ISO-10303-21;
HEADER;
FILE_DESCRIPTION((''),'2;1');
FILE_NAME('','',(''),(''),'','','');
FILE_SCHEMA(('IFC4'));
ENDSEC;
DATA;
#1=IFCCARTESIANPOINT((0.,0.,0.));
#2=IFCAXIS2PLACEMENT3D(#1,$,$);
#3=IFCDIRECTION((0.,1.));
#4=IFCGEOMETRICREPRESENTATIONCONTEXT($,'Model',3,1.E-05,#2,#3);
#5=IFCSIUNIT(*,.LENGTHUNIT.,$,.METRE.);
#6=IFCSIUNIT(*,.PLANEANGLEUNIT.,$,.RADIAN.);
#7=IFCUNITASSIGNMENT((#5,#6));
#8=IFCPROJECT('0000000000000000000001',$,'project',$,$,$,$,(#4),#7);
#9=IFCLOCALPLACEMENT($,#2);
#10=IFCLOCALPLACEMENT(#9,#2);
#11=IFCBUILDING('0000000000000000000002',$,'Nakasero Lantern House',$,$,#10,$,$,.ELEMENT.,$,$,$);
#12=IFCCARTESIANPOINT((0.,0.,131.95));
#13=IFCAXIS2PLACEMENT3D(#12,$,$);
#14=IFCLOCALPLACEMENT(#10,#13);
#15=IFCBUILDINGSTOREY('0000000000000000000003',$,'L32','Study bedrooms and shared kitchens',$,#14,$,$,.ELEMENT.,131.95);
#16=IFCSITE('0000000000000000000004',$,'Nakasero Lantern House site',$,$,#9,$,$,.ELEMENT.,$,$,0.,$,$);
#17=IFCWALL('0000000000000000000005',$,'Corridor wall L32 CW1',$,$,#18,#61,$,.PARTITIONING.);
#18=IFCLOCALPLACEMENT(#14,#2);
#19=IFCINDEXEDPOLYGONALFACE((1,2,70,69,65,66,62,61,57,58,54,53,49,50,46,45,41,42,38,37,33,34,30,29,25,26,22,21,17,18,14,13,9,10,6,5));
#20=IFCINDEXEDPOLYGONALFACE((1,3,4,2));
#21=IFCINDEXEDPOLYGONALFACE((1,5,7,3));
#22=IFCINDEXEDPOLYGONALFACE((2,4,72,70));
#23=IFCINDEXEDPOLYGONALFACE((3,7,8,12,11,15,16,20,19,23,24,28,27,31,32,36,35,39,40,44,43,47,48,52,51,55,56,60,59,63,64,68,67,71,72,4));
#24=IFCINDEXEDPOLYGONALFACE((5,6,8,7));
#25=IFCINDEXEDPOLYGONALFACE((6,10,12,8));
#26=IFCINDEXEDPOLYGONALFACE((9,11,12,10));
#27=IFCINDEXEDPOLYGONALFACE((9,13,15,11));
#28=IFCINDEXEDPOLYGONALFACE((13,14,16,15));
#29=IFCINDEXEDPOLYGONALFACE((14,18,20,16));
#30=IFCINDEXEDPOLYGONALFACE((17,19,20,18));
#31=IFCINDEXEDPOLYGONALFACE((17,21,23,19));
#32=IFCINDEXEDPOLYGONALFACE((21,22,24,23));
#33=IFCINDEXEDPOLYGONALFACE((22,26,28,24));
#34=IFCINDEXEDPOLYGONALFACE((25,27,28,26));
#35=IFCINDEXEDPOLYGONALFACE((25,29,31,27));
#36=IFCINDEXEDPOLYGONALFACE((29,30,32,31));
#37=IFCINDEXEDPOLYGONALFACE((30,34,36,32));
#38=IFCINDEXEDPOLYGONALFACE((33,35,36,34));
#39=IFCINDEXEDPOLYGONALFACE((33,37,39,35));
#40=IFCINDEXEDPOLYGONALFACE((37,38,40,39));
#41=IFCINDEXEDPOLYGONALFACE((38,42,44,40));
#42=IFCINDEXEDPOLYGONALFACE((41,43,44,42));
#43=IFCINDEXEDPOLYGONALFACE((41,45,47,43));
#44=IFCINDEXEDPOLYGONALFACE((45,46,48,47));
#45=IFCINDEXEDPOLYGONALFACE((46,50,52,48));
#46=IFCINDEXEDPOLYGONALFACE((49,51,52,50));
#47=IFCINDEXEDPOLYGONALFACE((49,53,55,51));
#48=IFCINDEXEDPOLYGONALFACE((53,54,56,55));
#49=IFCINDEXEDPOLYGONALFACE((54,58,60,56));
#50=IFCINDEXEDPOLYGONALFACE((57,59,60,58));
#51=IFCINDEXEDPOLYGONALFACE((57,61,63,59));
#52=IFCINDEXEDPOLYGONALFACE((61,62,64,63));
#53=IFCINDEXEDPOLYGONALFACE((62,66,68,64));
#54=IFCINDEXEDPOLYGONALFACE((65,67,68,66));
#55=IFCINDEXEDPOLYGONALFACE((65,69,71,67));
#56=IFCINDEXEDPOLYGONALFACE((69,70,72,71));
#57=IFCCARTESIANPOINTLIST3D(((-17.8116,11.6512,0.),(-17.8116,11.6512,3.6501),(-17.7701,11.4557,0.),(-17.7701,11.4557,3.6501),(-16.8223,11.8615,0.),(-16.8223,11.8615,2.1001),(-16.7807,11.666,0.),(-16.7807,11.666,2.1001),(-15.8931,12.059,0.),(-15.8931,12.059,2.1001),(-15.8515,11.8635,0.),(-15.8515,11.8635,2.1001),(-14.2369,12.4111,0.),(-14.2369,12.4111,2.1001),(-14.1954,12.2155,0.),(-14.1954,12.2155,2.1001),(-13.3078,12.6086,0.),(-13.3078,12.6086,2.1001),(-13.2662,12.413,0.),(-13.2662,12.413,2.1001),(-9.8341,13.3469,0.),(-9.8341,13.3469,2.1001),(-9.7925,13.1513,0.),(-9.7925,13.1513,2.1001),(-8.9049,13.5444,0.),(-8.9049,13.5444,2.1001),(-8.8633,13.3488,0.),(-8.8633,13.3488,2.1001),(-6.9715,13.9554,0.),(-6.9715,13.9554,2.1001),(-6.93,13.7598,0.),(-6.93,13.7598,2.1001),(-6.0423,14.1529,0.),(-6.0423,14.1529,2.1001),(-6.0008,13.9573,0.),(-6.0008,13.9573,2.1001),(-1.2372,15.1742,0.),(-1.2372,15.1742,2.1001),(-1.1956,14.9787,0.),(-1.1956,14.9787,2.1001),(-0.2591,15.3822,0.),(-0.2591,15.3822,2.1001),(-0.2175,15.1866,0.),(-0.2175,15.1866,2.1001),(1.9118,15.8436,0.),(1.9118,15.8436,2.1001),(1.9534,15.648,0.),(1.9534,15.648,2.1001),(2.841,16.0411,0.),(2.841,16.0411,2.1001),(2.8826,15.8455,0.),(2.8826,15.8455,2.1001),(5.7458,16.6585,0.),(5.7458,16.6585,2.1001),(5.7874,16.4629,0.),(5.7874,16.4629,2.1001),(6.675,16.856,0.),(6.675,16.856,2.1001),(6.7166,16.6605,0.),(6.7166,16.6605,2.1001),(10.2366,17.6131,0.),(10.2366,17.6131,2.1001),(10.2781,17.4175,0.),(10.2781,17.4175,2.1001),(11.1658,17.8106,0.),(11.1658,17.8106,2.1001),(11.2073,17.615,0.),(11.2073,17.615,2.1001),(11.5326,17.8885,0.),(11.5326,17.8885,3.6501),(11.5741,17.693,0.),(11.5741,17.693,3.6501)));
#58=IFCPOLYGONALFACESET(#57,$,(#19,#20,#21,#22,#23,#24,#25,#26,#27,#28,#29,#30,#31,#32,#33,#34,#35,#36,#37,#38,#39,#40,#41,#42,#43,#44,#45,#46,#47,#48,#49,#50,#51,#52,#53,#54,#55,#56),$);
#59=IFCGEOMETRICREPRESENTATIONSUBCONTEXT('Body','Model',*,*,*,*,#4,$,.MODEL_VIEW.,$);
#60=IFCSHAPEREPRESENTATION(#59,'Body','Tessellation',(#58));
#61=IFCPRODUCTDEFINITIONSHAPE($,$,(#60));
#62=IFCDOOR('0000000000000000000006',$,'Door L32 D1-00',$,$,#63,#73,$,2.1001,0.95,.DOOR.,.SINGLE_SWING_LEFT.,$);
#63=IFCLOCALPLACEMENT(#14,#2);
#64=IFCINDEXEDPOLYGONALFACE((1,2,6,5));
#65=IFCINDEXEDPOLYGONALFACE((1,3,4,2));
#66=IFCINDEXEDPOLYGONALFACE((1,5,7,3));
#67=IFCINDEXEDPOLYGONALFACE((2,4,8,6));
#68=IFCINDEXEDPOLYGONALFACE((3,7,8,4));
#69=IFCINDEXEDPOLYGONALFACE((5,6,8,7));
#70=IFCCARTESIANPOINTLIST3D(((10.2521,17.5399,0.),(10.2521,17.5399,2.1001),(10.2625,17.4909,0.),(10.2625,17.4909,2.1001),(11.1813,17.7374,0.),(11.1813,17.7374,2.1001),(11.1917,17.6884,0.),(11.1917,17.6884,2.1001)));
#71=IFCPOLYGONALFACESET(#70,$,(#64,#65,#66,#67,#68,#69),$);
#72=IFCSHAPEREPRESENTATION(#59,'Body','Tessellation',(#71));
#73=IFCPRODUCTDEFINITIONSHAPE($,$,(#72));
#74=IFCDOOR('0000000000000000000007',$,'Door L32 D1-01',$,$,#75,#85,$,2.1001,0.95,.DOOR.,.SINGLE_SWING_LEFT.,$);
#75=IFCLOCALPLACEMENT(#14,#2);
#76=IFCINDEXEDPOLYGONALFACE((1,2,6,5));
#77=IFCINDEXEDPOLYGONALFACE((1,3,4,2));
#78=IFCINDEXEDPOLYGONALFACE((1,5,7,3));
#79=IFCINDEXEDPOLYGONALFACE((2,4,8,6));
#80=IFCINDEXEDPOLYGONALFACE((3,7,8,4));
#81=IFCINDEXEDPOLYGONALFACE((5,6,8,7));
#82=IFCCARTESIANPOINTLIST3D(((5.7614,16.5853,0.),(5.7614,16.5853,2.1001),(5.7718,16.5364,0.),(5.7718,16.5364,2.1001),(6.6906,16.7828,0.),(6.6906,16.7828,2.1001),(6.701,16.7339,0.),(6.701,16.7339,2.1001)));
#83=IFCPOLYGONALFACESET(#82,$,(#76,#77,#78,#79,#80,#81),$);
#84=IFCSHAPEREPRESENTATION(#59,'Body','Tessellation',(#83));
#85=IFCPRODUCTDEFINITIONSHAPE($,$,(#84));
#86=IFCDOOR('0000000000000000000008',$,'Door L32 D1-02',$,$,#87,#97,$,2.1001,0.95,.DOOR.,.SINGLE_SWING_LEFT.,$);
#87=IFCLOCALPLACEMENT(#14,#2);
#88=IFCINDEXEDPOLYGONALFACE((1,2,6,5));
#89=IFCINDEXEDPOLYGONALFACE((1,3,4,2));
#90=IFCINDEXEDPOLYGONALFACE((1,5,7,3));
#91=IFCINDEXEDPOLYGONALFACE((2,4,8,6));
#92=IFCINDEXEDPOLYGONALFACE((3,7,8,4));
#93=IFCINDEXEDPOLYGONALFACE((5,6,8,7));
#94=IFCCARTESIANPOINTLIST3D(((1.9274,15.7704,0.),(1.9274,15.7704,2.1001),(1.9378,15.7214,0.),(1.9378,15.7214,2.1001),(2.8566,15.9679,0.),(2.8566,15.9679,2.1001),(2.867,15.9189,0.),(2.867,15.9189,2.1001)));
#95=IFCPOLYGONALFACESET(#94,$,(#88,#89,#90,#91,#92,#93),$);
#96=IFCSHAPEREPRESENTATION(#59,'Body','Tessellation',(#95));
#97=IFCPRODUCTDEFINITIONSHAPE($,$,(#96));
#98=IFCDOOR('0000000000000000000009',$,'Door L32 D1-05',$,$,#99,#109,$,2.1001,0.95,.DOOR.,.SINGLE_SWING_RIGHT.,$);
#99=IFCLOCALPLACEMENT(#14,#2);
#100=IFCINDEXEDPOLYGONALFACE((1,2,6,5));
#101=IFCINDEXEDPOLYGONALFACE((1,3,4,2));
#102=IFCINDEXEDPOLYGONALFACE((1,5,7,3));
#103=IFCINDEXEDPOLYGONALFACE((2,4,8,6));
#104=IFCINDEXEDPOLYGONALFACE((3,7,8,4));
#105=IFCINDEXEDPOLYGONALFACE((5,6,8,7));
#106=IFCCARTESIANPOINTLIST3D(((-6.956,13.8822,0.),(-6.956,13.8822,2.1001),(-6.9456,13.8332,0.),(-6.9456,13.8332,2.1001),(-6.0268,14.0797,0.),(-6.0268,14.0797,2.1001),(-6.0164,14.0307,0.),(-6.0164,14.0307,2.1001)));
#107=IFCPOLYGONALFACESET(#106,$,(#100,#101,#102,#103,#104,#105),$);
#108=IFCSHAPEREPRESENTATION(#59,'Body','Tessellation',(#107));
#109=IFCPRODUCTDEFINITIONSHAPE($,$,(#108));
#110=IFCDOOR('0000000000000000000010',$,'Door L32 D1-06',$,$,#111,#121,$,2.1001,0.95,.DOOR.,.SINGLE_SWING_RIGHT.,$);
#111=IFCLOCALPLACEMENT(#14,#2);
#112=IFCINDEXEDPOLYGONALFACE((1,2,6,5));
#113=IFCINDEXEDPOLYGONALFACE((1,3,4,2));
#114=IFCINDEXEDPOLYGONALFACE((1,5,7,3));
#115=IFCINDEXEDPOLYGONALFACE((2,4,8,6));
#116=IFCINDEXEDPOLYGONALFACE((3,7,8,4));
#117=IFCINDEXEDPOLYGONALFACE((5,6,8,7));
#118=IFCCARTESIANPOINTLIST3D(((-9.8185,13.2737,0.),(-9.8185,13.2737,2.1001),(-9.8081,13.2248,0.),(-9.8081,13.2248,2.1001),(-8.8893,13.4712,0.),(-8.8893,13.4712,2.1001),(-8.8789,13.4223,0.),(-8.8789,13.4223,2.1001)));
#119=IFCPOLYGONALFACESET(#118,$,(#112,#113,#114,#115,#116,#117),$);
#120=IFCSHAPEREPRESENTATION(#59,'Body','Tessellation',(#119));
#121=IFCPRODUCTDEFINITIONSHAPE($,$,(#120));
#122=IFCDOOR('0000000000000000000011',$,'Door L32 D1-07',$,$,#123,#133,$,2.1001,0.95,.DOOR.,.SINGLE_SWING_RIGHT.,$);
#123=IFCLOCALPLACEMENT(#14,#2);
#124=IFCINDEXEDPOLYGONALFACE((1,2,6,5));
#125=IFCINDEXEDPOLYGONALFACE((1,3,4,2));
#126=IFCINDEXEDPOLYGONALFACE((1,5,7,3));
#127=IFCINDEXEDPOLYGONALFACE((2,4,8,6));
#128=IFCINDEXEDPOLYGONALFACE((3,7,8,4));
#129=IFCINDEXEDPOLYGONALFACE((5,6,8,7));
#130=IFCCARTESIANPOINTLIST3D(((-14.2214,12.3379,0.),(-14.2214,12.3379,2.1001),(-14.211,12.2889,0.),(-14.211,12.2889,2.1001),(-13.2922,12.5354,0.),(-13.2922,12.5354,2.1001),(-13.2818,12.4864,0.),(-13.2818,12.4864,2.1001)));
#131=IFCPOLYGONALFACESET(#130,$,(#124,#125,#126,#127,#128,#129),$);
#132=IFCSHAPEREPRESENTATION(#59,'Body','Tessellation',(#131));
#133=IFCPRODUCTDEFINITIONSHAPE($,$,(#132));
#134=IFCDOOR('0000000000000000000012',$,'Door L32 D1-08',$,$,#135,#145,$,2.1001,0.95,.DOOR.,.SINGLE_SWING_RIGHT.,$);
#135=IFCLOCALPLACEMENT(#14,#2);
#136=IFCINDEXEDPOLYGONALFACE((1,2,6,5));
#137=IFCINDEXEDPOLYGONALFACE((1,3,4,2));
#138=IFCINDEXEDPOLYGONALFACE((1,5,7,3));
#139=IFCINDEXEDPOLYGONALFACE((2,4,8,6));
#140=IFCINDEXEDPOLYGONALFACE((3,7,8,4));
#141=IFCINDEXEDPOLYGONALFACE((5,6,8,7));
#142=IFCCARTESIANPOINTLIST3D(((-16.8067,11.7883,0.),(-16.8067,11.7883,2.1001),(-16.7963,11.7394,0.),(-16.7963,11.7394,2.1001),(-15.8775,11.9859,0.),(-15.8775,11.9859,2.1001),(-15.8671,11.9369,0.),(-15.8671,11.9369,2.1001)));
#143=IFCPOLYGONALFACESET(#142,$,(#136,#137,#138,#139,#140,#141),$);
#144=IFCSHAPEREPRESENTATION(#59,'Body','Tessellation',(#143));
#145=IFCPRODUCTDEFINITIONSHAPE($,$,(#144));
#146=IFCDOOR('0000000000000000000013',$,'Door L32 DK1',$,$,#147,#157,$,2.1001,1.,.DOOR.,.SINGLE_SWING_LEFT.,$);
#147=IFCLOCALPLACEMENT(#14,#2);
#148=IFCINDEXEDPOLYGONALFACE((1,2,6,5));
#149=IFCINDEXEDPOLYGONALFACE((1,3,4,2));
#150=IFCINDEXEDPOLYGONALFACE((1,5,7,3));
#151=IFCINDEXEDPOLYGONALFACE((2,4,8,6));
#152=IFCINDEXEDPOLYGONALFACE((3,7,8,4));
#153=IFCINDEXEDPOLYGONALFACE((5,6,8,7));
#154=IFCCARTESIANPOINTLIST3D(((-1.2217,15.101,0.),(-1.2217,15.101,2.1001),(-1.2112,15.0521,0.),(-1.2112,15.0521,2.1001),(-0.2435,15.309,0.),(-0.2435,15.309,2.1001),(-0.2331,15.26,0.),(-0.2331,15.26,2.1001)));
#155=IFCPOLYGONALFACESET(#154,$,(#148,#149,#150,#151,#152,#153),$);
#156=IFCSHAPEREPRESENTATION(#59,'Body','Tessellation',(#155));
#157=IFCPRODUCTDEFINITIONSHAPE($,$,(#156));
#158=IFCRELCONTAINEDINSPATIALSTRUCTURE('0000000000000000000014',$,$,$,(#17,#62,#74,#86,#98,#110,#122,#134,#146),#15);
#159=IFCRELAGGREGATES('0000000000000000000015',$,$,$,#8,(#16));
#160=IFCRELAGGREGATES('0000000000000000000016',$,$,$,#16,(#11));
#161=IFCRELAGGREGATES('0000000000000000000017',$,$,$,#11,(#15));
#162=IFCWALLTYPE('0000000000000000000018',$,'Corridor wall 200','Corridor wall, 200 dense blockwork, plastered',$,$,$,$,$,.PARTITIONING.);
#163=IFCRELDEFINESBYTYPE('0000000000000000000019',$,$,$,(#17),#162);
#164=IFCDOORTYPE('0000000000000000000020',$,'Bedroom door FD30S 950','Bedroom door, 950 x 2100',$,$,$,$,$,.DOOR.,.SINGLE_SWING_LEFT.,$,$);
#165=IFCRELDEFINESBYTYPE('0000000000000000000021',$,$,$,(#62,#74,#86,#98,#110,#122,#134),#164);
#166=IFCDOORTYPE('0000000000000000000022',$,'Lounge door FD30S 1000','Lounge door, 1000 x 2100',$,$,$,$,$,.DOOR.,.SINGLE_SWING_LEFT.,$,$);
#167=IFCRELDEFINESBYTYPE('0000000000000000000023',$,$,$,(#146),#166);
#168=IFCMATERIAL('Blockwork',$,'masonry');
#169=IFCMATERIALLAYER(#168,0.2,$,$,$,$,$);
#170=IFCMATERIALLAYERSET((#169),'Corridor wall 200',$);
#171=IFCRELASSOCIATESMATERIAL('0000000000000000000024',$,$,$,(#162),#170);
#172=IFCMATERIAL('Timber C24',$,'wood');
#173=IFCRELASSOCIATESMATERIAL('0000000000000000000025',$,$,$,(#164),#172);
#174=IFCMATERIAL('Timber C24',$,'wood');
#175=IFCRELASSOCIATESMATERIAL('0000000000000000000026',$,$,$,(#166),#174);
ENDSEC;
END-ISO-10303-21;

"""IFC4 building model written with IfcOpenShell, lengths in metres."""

from ifc_helpers import new_model, si_unit, direction, frame, frame_2d, origin, place, context, subcontext, project, spatial, rectangle, extrude, material, layer, layer_set, type_object, element, fill, save


model = new_model("IFC4")

# Units and contexts
model_context = context("Model", 3, precision=1e-05, world=origin(), true_north=direction((0.0, 1.0)))
body_context = subcontext(model_context, "Body", "Model", "MODEL_VIEW")
ifc_project = project(units=[si_unit("LENGTHUNIT", "METRE"), si_unit("PLANEANGLEUNIT", "RADIAN")], contexts=[model_context])

# Site, building, storey
site_placement = place(None, origin())
site = spatial("IfcSite", under=ifc_project, at=site_placement, Name="Nakasero Lantern House site", CompositionType="ELEMENT", RefElevation=0.0)
building_placement = place(site_placement, origin())
building = spatial("IfcBuilding", under=site, at=building_placement, Name="Nakasero Lantern House", CompositionType="ELEMENT")
storey_placement = place(building_placement, frame((0.0, 0.0, 131.95)))
storey = spatial("IfcBuildingStorey", under=building, at=storey_placement, Name="L32", Description="Study bedrooms and shared kitchens", CompositionType="ELEMENT", Elevation=131.95)

# Wall, openings, doors
ifc_material_1 = material(Name="Blockwork", Category="masonry")
ifc_layer_1 = layer(ifc_material_1, 0.2)
ifc_layer_set_1 = layer_set([ifc_layer_1], Name="Corridor wall 200")
wall_type_1 = type_object("IfcWallType", Name="Corridor wall 200", Description="Corridor wall, 200 dense blockwork, plastered", PredefinedType="PARTITIONING", material=ifc_layer_set_1)
wall_1_placement = place(storey_placement, frame((11.5535, 17.7908, 0.0), z_axis=(0.0, 0.0, 1.0), x_axis=(-0.978148, -0.207912, 0.0)))
wall_1 = element("IfcWall", 1, at=wall_1_placement, inside=storey, type_object=wall_type_1, Name="Corridor wall L32 CW1", PredefinedType="PARTITIONING", context=body_context, shape_type="SweptSolid", body=[
    extrude(rectangle(XDim=29.9998, YDim=0.2, at=frame_2d((15.0, 0.0))), origin(), (0.0, 0.0, 1.0), 3.6501),
])
opening_1_placement = place(wall_1_placement, frame((0.375, 0.0, 0.0)))
opening_1 = element("IfcOpeningElement", 2, at=opening_1_placement, cuts=wall_1, PredefinedType="OPENING", context=body_context, shape_type="SweptSolid", body=[
    extrude(rectangle(XDim=0.95, YDim=2.1001, at=frame_2d((0.4751, 1.05))), frame((0.0, 0.1199, 0.0), z_axis=(0.0, -1.0, 0.0), x_axis=(1.0, 0.0, 0.0)), (0.0, 0.0, 1.0), 0.24),
])
opening_2_placement = place(wall_1_placement, frame((4.9661, 0.0, 0.0)))
opening_2 = element("IfcOpeningElement", 3, at=opening_2_placement, cuts=wall_1, PredefinedType="OPENING", context=body_context, shape_type="SweptSolid", body=[
    extrude(rectangle(XDim=0.95, YDim=2.1001, at=frame_2d((0.4751, 1.05))), frame((0.0, 0.1199, 0.0), z_axis=(0.0, -1.0, 0.0), x_axis=(1.0, 0.0, 0.0)), (0.0, 0.0, 1.0), 0.24),
])
opening_3_placement = place(wall_1_placement, frame((8.8857, 0.0, 0.0)))
opening_3 = element("IfcOpeningElement", 4, at=opening_3_placement, cuts=wall_1, PredefinedType="OPENING", context=body_context, shape_type="SweptSolid", body=[
    extrude(rectangle(XDim=0.95, YDim=2.1001, at=frame_2d((0.4751, 1.05))), frame((0.0, 0.1199, 0.0), z_axis=(0.0, -1.0, 0.0), x_axis=(1.0, 0.0, 0.0)), (0.0, 0.0, 1.0), 0.24),
])
opening_4_placement = place(wall_1_placement, frame((17.9675, 0.0, 0.0)))
opening_4 = element("IfcOpeningElement", 5, at=opening_4_placement, cuts=wall_1, PredefinedType="OPENING", context=body_context, shape_type="SweptSolid", body=[
    extrude(rectangle(XDim=0.95, YDim=2.1001, at=frame_2d((0.4751, 1.05))), frame((0.0, 0.1199, 0.0), z_axis=(0.0, -1.0, 0.0), x_axis=(1.0, 0.0, 0.0)), (0.0, 0.0, 1.0), 0.24),
])
opening_5_placement = place(wall_1_placement, frame((20.894, 0.0, 0.0)))
opening_5 = element("IfcOpeningElement", 6, at=opening_5_placement, cuts=wall_1, PredefinedType="OPENING", context=body_context, shape_type="SweptSolid", body=[
    extrude(rectangle(XDim=0.95, YDim=2.1001, at=frame_2d((0.4751, 1.05))), frame((0.0, 0.1199, 0.0), z_axis=(0.0, -1.0, 0.0), x_axis=(1.0, 0.0, 0.0)), (0.0, 0.0, 1.0), 0.24),
])
opening_6_placement = place(wall_1_placement, frame((25.3953, 0.0, 0.0)))
opening_6 = element("IfcOpeningElement", 7, at=opening_6_placement, cuts=wall_1, PredefinedType="OPENING", context=body_context, shape_type="SweptSolid", body=[
    extrude(rectangle(XDim=0.95, YDim=2.1001, at=frame_2d((0.4751, 1.05))), frame((0.0, 0.1199, 0.0), z_axis=(0.0, -1.0, 0.0), x_axis=(1.0, 0.0, 0.0)), (0.0, 0.0, 1.0), 0.24),
])
opening_7_placement = place(wall_1_placement, frame((28.0383, 0.0, 0.0)))
opening_7 = element("IfcOpeningElement", 8, at=opening_7_placement, cuts=wall_1, PredefinedType="OPENING", context=body_context, shape_type="SweptSolid", body=[
    extrude(rectangle(XDim=0.95, YDim=2.1001, at=frame_2d((0.4751, 1.05))), frame((0.0, 0.1199, 0.0), z_axis=(0.0, -1.0, 0.0), x_axis=(1.0, 0.0, 0.0)), (0.0, 0.0, 1.0), 0.24),
])
opening_8_placement = place(wall_1_placement, frame((12.0552, 0.0, 0.0)))
opening_8 = element("IfcOpeningElement", 9, at=opening_8_placement, cuts=wall_1, PredefinedType="OPENING", context=body_context, shape_type="SweptSolid", body=[
    extrude(rectangle(XDim=1.0, YDim=2.1001, at=frame_2d((0.5, 1.05))), frame((0.0, 0.1199, 0.0), z_axis=(0.0, -1.0, 0.0), x_axis=(1.0, 0.0, 0.0)), (0.0, 0.0, 1.0), 0.24),
])
ifc_material_2 = material(Name="Timber C24", Category="wood")
door_type_1 = type_object("IfcDoorType", Name="Bedroom door FD30S 950", Description="Bedroom door, 950 x 2100", OperationType="SINGLE_SWING_LEFT", PredefinedType="DOOR", material=ifc_material_2)
door_1_placement = place(opening_1_placement, origin())
door_1 = element("IfcDoor", 10, at=door_1_placement, inside=storey, type_object=door_type_1, Name="Door L32 D1-00", OperationType="SINGLE_SWING_LEFT", OverallHeight=2.1001, OverallWidth=0.95, PredefinedType="DOOR", context=body_context, shape_type="SweptSolid", body=[
    extrude(rectangle(XDim=0.95, YDim=2.1001, at=frame_2d((0.4751, 1.05))), frame((0.0, 0.0249, 0.0), z_axis=(0.0, -1.0, 0.0), x_axis=(1.0, 0.0, 0.0)), (0.0, 0.0, 1.0), 0.05),
])
fill(opening_1, door_1)
door_2_placement = place(opening_2_placement, origin())
door_2 = element("IfcDoor", 11, at=door_2_placement, inside=storey, type_object=door_type_1, Name="Door L32 D1-01", OperationType="SINGLE_SWING_LEFT", OverallHeight=2.1001, OverallWidth=0.95, PredefinedType="DOOR", context=body_context, shape_type="SweptSolid", body=[
    extrude(rectangle(XDim=0.95, YDim=2.1001, at=frame_2d((0.4751, 1.05))), frame((0.0, 0.0249, 0.0), z_axis=(0.0, -1.0, 0.0), x_axis=(1.0, 0.0, 0.0)), (0.0, 0.0, 1.0), 0.05),
])
fill(opening_2, door_2)
door_3_placement = place(opening_3_placement, origin())
door_3 = element("IfcDoor", 12, at=door_3_placement, inside=storey, type_object=door_type_1, Name="Door L32 D1-02", OperationType="SINGLE_SWING_LEFT", OverallHeight=2.1001, OverallWidth=0.95, PredefinedType="DOOR", context=body_context, shape_type="SweptSolid", body=[
    extrude(rectangle(XDim=0.95, YDim=2.1001, at=frame_2d((0.4751, 1.05))), frame((0.0, 0.0249, 0.0), z_axis=(0.0, -1.0, 0.0), x_axis=(1.0, 0.0, 0.0)), (0.0, 0.0, 1.0), 0.05),
])
fill(opening_3, door_3)
door_4_placement = place(opening_4_placement, origin())
door_4 = element("IfcDoor", 13, at=door_4_placement, inside=storey, type_object=door_type_1, Name="Door L32 D1-05", OperationType="SINGLE_SWING_RIGHT", OverallHeight=2.1001, OverallWidth=0.95, PredefinedType="DOOR", context=body_context, shape_type="SweptSolid", body=[
    extrude(rectangle(XDim=0.95, YDim=2.1001, at=frame_2d((0.4751, 1.05))), frame((0.0, 0.0249, 0.0), z_axis=(0.0, -1.0, 0.0), x_axis=(1.0, 0.0, 0.0)), (0.0, 0.0, 1.0), 0.05),
])
fill(opening_4, door_4)
door_5_placement = place(opening_5_placement, origin())
door_5 = element("IfcDoor", 14, at=door_5_placement, inside=storey, type_object=door_type_1, Name="Door L32 D1-06", OperationType="SINGLE_SWING_RIGHT", OverallHeight=2.1001, OverallWidth=0.95, PredefinedType="DOOR", context=body_context, shape_type="SweptSolid", body=[
    extrude(rectangle(XDim=0.95, YDim=2.1001, at=frame_2d((0.4751, 1.05))), frame((0.0, 0.0249, 0.0), z_axis=(0.0, -1.0, 0.0), x_axis=(1.0, 0.0, 0.0)), (0.0, 0.0, 1.0), 0.05),
])
fill(opening_5, door_5)
door_6_placement = place(opening_6_placement, origin())
door_6 = element("IfcDoor", 15, at=door_6_placement, inside=storey, type_object=door_type_1, Name="Door L32 D1-07", OperationType="SINGLE_SWING_RIGHT", OverallHeight=2.1001, OverallWidth=0.95, PredefinedType="DOOR", context=body_context, shape_type="SweptSolid", body=[
    extrude(rectangle(XDim=0.95, YDim=2.1001, at=frame_2d((0.4751, 1.05))), frame((0.0, 0.0249, 0.0), z_axis=(0.0, -1.0, 0.0), x_axis=(1.0, 0.0, 0.0)), (0.0, 0.0, 1.0), 0.05),
])
fill(opening_6, door_6)
door_7_placement = place(opening_7_placement, origin())
door_7 = element("IfcDoor", 16, at=door_7_placement, inside=storey, type_object=door_type_1, Name="Door L32 D1-08", OperationType="SINGLE_SWING_RIGHT", OverallHeight=2.1001, OverallWidth=0.95, PredefinedType="DOOR", context=body_context, shape_type="SweptSolid", body=[
    extrude(rectangle(XDim=0.95, YDim=2.1001, at=frame_2d((0.4751, 1.05))), frame((0.0, 0.0249, 0.0), z_axis=(0.0, -1.0, 0.0), x_axis=(1.0, 0.0, 0.0)), (0.0, 0.0, 1.0), 0.05),
])
fill(opening_7, door_7)
ifc_material_3 = material(Name="Timber C24", Category="wood")
door_type_2 = type_object("IfcDoorType", Name="Lounge door FD30S 1000", Description="Lounge door, 1000 x 2100", OperationType="SINGLE_SWING_LEFT", PredefinedType="DOOR", material=ifc_material_3)
door_8_placement = place(opening_8_placement, origin())
door_8 = element("IfcDoor", 17, at=door_8_placement, inside=storey, type_object=door_type_2, Name="Door L32 DK1", OperationType="SINGLE_SWING_LEFT", OverallHeight=2.1001, OverallWidth=1.0, PredefinedType="DOOR", context=body_context, shape_type="SweptSolid", body=[
    extrude(rectangle(XDim=1.0, YDim=2.1001, at=frame_2d((0.5, 1.05))), frame((0.0, 0.0249, 0.0), z_axis=(0.0, -1.0, 0.0), x_axis=(1.0, 0.0, 0.0)), (0.0, 0.0, 1.0), 0.05),
])
fill(opening_8, door_8)

save(model, "model.ifc")
